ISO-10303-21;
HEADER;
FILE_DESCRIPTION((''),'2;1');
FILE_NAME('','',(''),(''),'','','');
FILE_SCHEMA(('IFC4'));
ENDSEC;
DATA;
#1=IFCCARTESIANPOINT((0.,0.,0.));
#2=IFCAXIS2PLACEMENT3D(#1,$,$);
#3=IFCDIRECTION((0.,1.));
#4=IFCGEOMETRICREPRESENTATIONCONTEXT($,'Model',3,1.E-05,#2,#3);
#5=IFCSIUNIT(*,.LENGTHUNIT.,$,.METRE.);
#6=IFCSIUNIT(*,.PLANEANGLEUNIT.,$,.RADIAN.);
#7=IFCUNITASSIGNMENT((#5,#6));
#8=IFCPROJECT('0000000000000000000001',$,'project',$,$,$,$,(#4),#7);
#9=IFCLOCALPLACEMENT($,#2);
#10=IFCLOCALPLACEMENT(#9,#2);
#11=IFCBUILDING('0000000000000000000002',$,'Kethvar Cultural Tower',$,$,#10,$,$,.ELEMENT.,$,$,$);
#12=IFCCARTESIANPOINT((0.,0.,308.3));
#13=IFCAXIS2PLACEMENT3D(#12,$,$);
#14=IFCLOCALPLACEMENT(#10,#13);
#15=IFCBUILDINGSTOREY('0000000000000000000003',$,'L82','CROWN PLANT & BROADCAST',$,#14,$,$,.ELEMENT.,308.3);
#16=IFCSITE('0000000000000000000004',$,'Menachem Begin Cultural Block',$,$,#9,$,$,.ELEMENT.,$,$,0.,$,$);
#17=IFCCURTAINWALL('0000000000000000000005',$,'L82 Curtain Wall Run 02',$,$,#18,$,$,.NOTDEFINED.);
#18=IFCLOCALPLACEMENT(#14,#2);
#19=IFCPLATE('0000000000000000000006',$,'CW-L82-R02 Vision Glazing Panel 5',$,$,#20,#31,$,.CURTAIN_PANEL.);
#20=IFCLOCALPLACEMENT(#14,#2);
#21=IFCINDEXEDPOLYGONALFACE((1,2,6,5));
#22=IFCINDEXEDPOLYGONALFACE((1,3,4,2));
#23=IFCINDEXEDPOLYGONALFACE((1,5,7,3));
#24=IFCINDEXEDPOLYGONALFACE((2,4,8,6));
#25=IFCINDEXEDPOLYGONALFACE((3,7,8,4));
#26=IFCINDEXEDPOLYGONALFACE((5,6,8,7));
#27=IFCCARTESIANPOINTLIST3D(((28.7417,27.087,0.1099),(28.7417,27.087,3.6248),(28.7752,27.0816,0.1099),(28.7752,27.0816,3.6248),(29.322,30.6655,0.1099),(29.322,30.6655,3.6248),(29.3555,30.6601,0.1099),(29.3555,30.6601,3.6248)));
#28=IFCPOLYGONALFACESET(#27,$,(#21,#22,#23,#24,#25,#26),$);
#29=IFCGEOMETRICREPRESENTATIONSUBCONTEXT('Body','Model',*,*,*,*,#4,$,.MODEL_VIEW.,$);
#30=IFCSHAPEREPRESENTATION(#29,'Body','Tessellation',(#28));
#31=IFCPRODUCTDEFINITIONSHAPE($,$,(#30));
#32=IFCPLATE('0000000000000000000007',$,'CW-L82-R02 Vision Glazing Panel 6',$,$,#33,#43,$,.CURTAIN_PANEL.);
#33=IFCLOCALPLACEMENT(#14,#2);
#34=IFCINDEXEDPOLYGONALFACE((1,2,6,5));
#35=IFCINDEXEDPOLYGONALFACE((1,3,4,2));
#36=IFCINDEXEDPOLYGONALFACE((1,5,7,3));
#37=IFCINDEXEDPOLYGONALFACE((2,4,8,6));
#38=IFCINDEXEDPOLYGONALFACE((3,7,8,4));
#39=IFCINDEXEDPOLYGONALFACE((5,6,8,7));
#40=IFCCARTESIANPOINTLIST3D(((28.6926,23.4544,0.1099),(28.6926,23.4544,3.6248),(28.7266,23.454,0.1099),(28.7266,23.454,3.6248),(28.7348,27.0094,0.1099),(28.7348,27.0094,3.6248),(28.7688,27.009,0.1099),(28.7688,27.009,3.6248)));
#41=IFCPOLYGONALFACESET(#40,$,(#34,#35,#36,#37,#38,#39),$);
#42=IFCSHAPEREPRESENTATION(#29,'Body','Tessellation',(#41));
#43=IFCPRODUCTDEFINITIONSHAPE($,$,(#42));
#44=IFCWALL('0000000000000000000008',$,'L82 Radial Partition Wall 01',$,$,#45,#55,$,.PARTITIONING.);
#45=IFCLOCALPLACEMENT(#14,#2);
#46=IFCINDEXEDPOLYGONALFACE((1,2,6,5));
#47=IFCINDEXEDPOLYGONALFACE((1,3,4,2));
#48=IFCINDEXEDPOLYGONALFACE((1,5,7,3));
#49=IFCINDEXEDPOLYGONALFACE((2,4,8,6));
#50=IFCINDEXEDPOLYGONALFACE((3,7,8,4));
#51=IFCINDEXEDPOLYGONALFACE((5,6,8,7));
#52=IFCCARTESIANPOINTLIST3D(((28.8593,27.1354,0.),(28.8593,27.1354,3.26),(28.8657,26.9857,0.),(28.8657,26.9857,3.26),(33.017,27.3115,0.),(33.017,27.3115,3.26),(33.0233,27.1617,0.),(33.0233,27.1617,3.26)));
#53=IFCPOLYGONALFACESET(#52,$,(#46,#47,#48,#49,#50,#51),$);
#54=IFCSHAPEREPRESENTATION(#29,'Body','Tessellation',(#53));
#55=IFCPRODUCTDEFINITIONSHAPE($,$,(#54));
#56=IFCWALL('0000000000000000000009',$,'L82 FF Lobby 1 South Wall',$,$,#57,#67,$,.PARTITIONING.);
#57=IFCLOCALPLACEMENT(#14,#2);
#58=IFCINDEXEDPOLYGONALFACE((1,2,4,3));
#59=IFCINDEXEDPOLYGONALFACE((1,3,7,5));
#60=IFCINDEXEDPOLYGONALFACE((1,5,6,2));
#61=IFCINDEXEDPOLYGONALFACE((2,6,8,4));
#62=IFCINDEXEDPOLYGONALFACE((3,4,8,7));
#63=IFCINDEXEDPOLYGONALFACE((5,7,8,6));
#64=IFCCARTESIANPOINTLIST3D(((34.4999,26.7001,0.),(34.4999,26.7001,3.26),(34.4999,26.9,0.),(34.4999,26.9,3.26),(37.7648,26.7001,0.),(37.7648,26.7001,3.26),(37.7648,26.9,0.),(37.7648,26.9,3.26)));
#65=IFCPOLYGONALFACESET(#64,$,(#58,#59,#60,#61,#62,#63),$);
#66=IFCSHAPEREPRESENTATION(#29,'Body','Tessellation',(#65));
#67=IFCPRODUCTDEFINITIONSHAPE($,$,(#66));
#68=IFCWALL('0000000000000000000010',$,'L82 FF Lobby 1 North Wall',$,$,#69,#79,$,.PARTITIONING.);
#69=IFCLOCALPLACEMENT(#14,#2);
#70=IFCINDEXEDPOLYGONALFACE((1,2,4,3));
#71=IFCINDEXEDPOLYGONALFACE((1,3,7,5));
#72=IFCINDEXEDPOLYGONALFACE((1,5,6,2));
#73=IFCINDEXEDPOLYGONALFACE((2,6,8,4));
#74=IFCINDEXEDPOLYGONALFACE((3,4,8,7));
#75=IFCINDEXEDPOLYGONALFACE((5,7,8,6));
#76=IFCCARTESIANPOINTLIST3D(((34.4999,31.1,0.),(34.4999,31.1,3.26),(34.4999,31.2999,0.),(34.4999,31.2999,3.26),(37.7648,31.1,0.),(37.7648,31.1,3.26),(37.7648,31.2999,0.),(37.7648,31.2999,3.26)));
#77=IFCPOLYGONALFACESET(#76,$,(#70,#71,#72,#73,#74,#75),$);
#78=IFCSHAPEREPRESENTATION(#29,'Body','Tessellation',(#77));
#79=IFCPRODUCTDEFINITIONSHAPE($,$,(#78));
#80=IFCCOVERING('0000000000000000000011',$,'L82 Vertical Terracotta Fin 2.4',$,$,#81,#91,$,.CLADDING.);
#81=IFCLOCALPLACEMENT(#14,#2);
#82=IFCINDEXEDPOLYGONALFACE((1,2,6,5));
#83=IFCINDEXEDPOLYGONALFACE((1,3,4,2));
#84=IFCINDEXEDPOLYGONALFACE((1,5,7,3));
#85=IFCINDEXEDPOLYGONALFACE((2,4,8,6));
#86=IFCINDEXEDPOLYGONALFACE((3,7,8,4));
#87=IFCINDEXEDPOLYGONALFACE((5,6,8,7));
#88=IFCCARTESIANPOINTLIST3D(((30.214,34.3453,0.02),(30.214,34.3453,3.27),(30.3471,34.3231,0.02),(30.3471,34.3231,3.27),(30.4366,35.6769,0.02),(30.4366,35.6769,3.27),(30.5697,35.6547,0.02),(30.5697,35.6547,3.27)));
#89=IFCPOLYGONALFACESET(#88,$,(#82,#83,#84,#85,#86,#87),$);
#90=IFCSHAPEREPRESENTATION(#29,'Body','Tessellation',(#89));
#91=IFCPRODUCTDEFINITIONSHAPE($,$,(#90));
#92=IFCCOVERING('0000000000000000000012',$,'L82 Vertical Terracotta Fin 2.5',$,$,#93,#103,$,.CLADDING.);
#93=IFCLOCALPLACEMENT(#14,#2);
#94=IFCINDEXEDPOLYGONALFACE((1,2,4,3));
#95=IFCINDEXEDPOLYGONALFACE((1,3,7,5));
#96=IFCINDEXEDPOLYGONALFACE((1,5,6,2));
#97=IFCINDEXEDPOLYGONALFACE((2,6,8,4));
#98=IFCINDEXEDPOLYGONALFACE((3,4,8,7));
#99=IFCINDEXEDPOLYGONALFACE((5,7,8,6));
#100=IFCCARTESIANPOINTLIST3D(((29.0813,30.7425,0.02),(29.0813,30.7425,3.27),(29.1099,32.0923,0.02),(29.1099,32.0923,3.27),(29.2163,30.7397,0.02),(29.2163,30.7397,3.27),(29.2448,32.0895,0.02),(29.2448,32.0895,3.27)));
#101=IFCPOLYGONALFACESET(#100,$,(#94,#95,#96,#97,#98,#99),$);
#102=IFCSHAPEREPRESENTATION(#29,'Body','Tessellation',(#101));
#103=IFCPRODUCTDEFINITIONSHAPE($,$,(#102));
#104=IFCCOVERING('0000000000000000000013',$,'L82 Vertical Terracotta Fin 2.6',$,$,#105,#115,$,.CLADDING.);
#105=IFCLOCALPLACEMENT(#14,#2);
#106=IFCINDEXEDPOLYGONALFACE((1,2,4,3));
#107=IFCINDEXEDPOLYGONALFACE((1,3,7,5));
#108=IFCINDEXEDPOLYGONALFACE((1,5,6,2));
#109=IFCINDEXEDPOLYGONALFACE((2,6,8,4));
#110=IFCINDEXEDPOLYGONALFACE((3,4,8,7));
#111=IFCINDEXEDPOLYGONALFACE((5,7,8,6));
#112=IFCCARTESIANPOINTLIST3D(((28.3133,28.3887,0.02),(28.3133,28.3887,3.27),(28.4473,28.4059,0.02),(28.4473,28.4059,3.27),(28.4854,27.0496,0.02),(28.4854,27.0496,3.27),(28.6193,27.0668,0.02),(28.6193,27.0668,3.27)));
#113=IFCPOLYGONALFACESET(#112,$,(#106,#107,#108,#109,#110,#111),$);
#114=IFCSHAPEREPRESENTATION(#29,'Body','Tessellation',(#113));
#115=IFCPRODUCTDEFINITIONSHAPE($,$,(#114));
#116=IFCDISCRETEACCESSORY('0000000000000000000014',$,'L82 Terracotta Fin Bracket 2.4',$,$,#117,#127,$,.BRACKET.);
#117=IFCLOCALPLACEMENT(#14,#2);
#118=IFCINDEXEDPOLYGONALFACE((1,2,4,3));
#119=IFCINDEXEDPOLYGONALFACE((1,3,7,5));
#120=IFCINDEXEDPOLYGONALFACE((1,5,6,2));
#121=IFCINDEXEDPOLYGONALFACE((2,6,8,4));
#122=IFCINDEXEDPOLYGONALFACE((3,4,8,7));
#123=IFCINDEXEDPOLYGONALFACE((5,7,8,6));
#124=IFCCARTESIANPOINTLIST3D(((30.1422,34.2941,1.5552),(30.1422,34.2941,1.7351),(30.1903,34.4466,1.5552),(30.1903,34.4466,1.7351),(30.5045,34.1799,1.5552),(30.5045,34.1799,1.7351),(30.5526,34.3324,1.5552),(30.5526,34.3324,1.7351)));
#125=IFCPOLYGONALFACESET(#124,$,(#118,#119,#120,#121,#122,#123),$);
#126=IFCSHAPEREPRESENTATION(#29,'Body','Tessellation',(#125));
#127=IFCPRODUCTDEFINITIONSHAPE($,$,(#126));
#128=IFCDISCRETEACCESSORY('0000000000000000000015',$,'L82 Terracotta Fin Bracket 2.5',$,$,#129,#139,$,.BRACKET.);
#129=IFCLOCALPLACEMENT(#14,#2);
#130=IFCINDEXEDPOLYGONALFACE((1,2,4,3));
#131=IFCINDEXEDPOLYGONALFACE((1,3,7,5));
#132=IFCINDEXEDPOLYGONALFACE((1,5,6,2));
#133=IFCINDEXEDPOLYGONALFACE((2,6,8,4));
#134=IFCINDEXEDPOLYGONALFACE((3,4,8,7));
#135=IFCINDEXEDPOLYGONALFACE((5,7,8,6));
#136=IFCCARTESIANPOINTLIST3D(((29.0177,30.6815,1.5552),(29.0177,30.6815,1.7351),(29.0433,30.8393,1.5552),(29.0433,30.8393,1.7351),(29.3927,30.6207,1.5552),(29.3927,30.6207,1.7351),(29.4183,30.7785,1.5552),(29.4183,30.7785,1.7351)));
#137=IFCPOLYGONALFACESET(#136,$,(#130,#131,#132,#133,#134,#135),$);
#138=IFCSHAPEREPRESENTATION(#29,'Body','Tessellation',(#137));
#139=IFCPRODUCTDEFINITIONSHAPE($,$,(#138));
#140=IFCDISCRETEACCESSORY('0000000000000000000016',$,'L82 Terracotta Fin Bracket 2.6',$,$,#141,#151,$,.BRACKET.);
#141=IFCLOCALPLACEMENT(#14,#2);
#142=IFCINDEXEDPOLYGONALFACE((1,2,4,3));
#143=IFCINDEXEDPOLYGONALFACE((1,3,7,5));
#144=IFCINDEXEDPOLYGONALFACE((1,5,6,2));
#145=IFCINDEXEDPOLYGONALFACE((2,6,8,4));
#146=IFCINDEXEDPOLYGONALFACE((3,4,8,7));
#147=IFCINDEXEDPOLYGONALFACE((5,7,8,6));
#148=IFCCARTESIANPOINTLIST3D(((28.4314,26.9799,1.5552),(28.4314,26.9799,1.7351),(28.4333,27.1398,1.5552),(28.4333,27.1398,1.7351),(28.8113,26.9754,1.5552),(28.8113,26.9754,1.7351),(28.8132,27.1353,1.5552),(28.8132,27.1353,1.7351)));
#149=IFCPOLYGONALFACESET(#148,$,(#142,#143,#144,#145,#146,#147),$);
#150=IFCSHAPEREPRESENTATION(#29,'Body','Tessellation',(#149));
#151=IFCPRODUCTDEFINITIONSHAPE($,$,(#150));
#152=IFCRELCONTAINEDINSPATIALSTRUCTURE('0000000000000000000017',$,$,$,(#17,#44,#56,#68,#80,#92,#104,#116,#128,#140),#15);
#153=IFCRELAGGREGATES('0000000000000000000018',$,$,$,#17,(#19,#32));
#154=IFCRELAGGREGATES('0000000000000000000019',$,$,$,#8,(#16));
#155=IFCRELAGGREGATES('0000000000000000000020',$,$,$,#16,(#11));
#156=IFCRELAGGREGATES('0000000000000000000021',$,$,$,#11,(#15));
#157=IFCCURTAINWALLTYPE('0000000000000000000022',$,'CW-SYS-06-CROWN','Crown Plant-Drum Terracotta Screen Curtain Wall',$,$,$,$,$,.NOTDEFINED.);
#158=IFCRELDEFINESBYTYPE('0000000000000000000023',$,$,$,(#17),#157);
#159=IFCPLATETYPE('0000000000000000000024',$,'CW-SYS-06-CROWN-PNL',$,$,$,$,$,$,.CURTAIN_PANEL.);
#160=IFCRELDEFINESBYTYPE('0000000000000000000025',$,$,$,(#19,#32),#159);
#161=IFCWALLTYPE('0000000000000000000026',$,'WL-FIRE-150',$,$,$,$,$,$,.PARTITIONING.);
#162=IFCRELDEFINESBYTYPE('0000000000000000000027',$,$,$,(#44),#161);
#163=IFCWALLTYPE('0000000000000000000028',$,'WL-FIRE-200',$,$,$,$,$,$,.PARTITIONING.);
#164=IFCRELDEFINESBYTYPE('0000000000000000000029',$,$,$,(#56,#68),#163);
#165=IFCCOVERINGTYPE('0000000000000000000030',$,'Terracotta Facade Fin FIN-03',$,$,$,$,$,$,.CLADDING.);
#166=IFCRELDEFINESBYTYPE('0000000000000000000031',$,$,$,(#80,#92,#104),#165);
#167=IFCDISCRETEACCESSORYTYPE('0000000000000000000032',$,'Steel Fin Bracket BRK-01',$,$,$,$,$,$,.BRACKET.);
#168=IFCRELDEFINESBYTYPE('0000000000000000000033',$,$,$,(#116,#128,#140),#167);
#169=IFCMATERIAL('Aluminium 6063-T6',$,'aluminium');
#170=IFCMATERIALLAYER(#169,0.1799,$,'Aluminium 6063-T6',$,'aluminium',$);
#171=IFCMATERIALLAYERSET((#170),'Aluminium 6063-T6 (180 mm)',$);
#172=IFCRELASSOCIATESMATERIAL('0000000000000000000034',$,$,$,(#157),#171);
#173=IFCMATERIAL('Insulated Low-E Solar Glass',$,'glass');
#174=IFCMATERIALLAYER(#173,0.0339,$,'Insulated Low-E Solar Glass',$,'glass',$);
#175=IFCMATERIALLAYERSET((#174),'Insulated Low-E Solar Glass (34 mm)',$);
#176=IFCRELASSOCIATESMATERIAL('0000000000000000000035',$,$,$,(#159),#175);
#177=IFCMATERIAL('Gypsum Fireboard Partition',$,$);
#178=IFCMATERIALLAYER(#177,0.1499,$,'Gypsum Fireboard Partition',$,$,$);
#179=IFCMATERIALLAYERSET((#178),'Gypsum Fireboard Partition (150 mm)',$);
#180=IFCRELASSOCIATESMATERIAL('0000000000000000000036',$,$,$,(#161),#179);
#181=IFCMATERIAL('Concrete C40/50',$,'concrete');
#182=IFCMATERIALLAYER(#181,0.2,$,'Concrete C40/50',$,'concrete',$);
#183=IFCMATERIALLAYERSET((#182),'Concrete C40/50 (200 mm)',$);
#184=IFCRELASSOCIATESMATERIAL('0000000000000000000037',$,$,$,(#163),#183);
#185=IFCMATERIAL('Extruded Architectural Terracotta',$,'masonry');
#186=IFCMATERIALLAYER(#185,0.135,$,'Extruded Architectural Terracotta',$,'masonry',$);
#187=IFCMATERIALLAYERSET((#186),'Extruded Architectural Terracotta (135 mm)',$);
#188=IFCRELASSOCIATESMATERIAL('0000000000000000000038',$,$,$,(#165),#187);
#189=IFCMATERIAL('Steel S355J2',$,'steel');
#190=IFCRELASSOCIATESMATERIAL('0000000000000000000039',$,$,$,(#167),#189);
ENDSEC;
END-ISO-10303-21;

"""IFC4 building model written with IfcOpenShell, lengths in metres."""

from ifc_helpers import new_model, si_unit, direction, frame, frame_2d, origin, origin_2d, place, context, subcontext, project, spatial, rectangle, extrude, source, transform, mapped, material, layer, layer_set, type_object, element, aggregate, save


model = new_model("IFC4")

# Units and contexts
model_context = context("Model", 3, precision=1e-05, world=origin(), true_north=direction((0.0, 1.0)))
body_context = subcontext(model_context, "Body", "Model", "MODEL_VIEW")
ifc_project = project(units=[si_unit("LENGTHUNIT", "METRE"), si_unit("PLANEANGLEUNIT", "RADIAN")], contexts=[model_context])

# Site, building, storey
site_placement = place(None, origin())
site = spatial("IfcSite", under=ifc_project, at=site_placement, Name="Menachem Begin Cultural Block", CompositionType="ELEMENT", RefElevation=0.0)
building_placement = place(site_placement, origin())
building = spatial("IfcBuilding", under=site, at=building_placement, Name="Kethvar Cultural Tower", CompositionType="ELEMENT")
storey_placement = place(building_placement, frame((0.0, 0.0, 308.3)))
storey = spatial("IfcBuildingStorey", under=building, at=storey_placement, Name="L82", Description="CROWN PLANT & BROADCAST", CompositionType="ELEMENT", Elevation=308.3)

# Shared definitions
ifc_material_1 = material(Name="Steel S355J2", Category="steel")

# Curtain wall, plates
ifc_material_2 = material(Name="Aluminium 6063-T6", Category="aluminium")
ifc_layer_1 = layer(ifc_material_2, 0.1799, Name="Aluminium 6063-T6", Category="aluminium")
ifc_layer_set_1 = layer_set([ifc_layer_1], Name="Aluminium 6063-T6 (180 mm)")
curtain_wall_type = type_object("IfcCurtainWallType", Name="CW-SYS-06-CROWN", Description="Crown Plant-Drum Terracotta Screen Curtain Wall", PredefinedType="NOTDEFINED", material=ifc_layer_set_1)
curtain_wall_placement = place(storey_placement, origin())
curtain_wall = element("IfcCurtainWall", 1, at=curtain_wall_placement, inside=storey, type_object=curtain_wall_type, Name="L82 Curtain Wall Run 02", PredefinedType="NOTDEFINED")
ifc_material_3 = material(Name="Insulated Low-E Solar Glass", Category="glass")
ifc_layer_2 = layer(ifc_material_3, 0.0339, Name="Insulated Low-E Solar Glass", Category="glass")
ifc_layer_set_2 = layer_set([ifc_layer_2], Name="Insulated Low-E Solar Glass (34 mm)")
plate_type = type_object("IfcPlateType", Name="CW-SYS-06-CROWN-PNL", PredefinedType="CURTAIN_PANEL", material=ifc_layer_set_2)
shared_shape_1 = source(origin(), body_context, "Body", "SweptSolid", [
    extrude(rectangle(XDim=3.6252, YDim=0.0339, at=origin_2d()), origin(), (0.0, 0.0, 1.0), 3.5149),
])
plate_1_placement = place(storey_placement, frame((29.0486, 28.8735, 0.1099), z_axis=(0.0, 0.0, 1.0), x_axis=(-0.160071, -0.987106, 0.0)))
plate_1 = element("IfcPlate", 2, at=plate_1_placement, type_object=plate_type, Name="CW-L82-R02 Vision Glazing Panel 5", PredefinedType="CURTAIN_PANEL", context=body_context, shape_type="MappedRepresentation", body=[
    mapped(shared_shape_1, transform((0.0, 0.0, 0.0), scale=1.0)),
])
shared_shape_2 = source(origin(), body_context, "Body", "SweptSolid", [
    extrude(rectangle(XDim=3.5552, YDim=0.0339, at=origin_2d()), origin(), (0.0, 0.0, 1.0), 3.5149),
])
plate_2_placement = place(storey_placement, frame((28.7307, 25.2317, 0.1099), z_axis=(0.0, 0.0, 1.0), x_axis=(-0.011868, -0.99993, 0.0)))
plate_2 = element("IfcPlate", 3, at=plate_2_placement, type_object=plate_type, Name="CW-L82-R02 Vision Glazing Panel 6", PredefinedType="CURTAIN_PANEL", context=body_context, shape_type="MappedRepresentation", body=[
    mapped(shared_shape_2, transform((0.0, 0.0, 0.0), scale=1.0)),
])
aggregate(curtain_wall, [plate_1, plate_2])

# Wall
ifc_material_4 = material(Name="Gypsum Fireboard Partition")
ifc_layer_3 = layer(ifc_material_4, 0.1499, Name="Gypsum Fireboard Partition")
ifc_layer_set_3 = layer_set([ifc_layer_3], Name="Gypsum Fireboard Partition (150 mm)")
wall_type_1 = type_object("IfcWallType", Name="WL-FIRE-150", PredefinedType="PARTITIONING", material=ifc_layer_set_3)
wall_1_placement = place(storey_placement, frame((33.02, 27.2366, 0.0), z_axis=(0.0, 0.0, 1.0), x_axis=(-0.999105, -0.042299, 0.0)))
element("IfcWall", 4, at=wall_1_placement, inside=storey, type_object=wall_type_1, Name="L82 Radial Partition Wall 01", PredefinedType="PARTITIONING", context=body_context, shape_type="SweptSolid", body=[
    extrude(rectangle(XDim=4.1614, YDim=0.1499, at=frame_2d((2.0806, 0.0))), origin(), (0.0, 0.0, 1.0), 3.26),
])

# Shared definitions
ifc_material_5 = material(Name="Concrete C40/50", Category="concrete")
ifc_layer_4 = layer(ifc_material_5, 0.2, Name="Concrete C40/50", Category="concrete")
ifc_layer_set_4 = layer_set([ifc_layer_4], Name="Concrete C40/50 (200 mm)")
wall_type_2 = type_object("IfcWallType", Name="WL-FIRE-200", PredefinedType="PARTITIONING", material=ifc_layer_set_4)

# Walls
for number, where, z_axis, x_axis, name in (
    (5, (34.5, 26.8, 0.0), (0.0, 0.0, 1.0), (1.0, 0.0, 0.0), "L82 FF Lobby 1 South Wall"),
    (6, (34.5, 31.2, 0.0), (0.0, 0.0, 1.0), (1.0, 0.0, 0.0), "L82 FF Lobby 1 North Wall"),
):
    element("IfcWall", number, at=place(storey_placement, frame(where, z_axis=z_axis, x_axis=x_axis)), inside=storey, type_object=wall_type_2, Name=name, PredefinedType="PARTITIONING", context=body_context, shape_type="SweptSolid", body=[
        extrude(rectangle(XDim=3.2649, YDim=0.2, at=frame_2d((1.6323, 0.0))), origin(), (0.0, 0.0, 1.0), 3.26),
    ])

# Coverings
ifc_material_6 = material(Name="Extruded Architectural Terracotta", Category="masonry")
ifc_layer_5 = layer(ifc_material_6, 0.135, Name="Extruded Architectural Terracotta", Category="masonry")
ifc_layer_set_5 = layer_set([ifc_layer_5], Name="Extruded Architectural Terracotta (135 mm)")
covering_type = type_object("IfcCoveringType", Name="Terracotta Facade Fin FIN-03", PredefinedType="CLADDING", material=ifc_layer_set_5)
shared_shape_3 = source(origin(), body_context, "Body", "SweptSolid", [
    extrude(rectangle(XDim=1.3501, YDim=0.135, at=origin_2d()), origin(), (0.0, 0.0, 1.0), 3.25),
])
for number, where, z_axis, x_axis, name in (
    (7, (30.3918, 35.0, 0.02), (0.0, 0.0, 1.0), (0.164875, 0.986314, 0.0), "L82 Vertical Terracotta Fin 2.4"),
    (8, (29.1631, 31.416, 0.02), (0.0, 0.0, 1.0), (0.021117, 0.999777, 0.0), "L82 Vertical Terracotta Fin 2.5"),
    (9, (28.4663, 27.7278, 0.02), (0.0, 0.0, 1.0), (-0.127411, 0.99185, 0.0), "L82 Vertical Terracotta Fin 2.6"),
):
    element("IfcCovering", number, at=place(storey_placement, frame(where, z_axis=z_axis, x_axis=x_axis)), inside=storey, type_object=covering_type, Name=name, PredefinedType="CLADDING", context=body_context, shape_type="MappedRepresentation", body=[
        mapped(shared_shape_3, transform((0.0, 0.0, 0.0), scale=1.0)),
    ])

# Discrete accessories
discrete_accessory_type = type_object("IfcDiscreteAccessoryType", Name="Steel Fin Bracket BRK-01", PredefinedType="BRACKET", material=ifc_material_1)
shared_shape_4 = source(origin(), body_context, "Body", "SweptSolid", [
    extrude(rectangle(XDim=0.3799, YDim=0.1599, at=origin_2d()), origin(), (0.0, 0.0, 1.0), 0.1799),
])
for number, where, z_axis, x_axis, name in (
    (10, (30.3474, 34.3132, 1.5552), (0.0, 0.0, 1.0), (-0.953717, 0.300706, 0.0), "L82 Terracotta Fin Bracket 2.4"),
    (11, (29.218, 30.73, 1.5552), (0.0, 0.0, 1.0), (-0.987108, 0.160053, 0.0), "L82 Terracotta Fin Bracket 2.5"),
    (12, (28.6223, 27.0576, 1.5552), (0.0, 0.0, 1.0), (-0.99993, 0.011868, 0.0), "L82 Terracotta Fin Bracket 2.6"),
):
    element("IfcDiscreteAccessory", number, at=place(storey_placement, frame(where, z_axis=z_axis, x_axis=x_axis)), inside=storey, type_object=discrete_accessory_type, Name=name, PredefinedType="BRACKET", context=body_context, shape_type="MappedRepresentation", body=[
        mapped(shared_shape_4, transform((0.0, 0.0, 0.0), scale=1.0)),
    ])

save(model, "model.ifc")
